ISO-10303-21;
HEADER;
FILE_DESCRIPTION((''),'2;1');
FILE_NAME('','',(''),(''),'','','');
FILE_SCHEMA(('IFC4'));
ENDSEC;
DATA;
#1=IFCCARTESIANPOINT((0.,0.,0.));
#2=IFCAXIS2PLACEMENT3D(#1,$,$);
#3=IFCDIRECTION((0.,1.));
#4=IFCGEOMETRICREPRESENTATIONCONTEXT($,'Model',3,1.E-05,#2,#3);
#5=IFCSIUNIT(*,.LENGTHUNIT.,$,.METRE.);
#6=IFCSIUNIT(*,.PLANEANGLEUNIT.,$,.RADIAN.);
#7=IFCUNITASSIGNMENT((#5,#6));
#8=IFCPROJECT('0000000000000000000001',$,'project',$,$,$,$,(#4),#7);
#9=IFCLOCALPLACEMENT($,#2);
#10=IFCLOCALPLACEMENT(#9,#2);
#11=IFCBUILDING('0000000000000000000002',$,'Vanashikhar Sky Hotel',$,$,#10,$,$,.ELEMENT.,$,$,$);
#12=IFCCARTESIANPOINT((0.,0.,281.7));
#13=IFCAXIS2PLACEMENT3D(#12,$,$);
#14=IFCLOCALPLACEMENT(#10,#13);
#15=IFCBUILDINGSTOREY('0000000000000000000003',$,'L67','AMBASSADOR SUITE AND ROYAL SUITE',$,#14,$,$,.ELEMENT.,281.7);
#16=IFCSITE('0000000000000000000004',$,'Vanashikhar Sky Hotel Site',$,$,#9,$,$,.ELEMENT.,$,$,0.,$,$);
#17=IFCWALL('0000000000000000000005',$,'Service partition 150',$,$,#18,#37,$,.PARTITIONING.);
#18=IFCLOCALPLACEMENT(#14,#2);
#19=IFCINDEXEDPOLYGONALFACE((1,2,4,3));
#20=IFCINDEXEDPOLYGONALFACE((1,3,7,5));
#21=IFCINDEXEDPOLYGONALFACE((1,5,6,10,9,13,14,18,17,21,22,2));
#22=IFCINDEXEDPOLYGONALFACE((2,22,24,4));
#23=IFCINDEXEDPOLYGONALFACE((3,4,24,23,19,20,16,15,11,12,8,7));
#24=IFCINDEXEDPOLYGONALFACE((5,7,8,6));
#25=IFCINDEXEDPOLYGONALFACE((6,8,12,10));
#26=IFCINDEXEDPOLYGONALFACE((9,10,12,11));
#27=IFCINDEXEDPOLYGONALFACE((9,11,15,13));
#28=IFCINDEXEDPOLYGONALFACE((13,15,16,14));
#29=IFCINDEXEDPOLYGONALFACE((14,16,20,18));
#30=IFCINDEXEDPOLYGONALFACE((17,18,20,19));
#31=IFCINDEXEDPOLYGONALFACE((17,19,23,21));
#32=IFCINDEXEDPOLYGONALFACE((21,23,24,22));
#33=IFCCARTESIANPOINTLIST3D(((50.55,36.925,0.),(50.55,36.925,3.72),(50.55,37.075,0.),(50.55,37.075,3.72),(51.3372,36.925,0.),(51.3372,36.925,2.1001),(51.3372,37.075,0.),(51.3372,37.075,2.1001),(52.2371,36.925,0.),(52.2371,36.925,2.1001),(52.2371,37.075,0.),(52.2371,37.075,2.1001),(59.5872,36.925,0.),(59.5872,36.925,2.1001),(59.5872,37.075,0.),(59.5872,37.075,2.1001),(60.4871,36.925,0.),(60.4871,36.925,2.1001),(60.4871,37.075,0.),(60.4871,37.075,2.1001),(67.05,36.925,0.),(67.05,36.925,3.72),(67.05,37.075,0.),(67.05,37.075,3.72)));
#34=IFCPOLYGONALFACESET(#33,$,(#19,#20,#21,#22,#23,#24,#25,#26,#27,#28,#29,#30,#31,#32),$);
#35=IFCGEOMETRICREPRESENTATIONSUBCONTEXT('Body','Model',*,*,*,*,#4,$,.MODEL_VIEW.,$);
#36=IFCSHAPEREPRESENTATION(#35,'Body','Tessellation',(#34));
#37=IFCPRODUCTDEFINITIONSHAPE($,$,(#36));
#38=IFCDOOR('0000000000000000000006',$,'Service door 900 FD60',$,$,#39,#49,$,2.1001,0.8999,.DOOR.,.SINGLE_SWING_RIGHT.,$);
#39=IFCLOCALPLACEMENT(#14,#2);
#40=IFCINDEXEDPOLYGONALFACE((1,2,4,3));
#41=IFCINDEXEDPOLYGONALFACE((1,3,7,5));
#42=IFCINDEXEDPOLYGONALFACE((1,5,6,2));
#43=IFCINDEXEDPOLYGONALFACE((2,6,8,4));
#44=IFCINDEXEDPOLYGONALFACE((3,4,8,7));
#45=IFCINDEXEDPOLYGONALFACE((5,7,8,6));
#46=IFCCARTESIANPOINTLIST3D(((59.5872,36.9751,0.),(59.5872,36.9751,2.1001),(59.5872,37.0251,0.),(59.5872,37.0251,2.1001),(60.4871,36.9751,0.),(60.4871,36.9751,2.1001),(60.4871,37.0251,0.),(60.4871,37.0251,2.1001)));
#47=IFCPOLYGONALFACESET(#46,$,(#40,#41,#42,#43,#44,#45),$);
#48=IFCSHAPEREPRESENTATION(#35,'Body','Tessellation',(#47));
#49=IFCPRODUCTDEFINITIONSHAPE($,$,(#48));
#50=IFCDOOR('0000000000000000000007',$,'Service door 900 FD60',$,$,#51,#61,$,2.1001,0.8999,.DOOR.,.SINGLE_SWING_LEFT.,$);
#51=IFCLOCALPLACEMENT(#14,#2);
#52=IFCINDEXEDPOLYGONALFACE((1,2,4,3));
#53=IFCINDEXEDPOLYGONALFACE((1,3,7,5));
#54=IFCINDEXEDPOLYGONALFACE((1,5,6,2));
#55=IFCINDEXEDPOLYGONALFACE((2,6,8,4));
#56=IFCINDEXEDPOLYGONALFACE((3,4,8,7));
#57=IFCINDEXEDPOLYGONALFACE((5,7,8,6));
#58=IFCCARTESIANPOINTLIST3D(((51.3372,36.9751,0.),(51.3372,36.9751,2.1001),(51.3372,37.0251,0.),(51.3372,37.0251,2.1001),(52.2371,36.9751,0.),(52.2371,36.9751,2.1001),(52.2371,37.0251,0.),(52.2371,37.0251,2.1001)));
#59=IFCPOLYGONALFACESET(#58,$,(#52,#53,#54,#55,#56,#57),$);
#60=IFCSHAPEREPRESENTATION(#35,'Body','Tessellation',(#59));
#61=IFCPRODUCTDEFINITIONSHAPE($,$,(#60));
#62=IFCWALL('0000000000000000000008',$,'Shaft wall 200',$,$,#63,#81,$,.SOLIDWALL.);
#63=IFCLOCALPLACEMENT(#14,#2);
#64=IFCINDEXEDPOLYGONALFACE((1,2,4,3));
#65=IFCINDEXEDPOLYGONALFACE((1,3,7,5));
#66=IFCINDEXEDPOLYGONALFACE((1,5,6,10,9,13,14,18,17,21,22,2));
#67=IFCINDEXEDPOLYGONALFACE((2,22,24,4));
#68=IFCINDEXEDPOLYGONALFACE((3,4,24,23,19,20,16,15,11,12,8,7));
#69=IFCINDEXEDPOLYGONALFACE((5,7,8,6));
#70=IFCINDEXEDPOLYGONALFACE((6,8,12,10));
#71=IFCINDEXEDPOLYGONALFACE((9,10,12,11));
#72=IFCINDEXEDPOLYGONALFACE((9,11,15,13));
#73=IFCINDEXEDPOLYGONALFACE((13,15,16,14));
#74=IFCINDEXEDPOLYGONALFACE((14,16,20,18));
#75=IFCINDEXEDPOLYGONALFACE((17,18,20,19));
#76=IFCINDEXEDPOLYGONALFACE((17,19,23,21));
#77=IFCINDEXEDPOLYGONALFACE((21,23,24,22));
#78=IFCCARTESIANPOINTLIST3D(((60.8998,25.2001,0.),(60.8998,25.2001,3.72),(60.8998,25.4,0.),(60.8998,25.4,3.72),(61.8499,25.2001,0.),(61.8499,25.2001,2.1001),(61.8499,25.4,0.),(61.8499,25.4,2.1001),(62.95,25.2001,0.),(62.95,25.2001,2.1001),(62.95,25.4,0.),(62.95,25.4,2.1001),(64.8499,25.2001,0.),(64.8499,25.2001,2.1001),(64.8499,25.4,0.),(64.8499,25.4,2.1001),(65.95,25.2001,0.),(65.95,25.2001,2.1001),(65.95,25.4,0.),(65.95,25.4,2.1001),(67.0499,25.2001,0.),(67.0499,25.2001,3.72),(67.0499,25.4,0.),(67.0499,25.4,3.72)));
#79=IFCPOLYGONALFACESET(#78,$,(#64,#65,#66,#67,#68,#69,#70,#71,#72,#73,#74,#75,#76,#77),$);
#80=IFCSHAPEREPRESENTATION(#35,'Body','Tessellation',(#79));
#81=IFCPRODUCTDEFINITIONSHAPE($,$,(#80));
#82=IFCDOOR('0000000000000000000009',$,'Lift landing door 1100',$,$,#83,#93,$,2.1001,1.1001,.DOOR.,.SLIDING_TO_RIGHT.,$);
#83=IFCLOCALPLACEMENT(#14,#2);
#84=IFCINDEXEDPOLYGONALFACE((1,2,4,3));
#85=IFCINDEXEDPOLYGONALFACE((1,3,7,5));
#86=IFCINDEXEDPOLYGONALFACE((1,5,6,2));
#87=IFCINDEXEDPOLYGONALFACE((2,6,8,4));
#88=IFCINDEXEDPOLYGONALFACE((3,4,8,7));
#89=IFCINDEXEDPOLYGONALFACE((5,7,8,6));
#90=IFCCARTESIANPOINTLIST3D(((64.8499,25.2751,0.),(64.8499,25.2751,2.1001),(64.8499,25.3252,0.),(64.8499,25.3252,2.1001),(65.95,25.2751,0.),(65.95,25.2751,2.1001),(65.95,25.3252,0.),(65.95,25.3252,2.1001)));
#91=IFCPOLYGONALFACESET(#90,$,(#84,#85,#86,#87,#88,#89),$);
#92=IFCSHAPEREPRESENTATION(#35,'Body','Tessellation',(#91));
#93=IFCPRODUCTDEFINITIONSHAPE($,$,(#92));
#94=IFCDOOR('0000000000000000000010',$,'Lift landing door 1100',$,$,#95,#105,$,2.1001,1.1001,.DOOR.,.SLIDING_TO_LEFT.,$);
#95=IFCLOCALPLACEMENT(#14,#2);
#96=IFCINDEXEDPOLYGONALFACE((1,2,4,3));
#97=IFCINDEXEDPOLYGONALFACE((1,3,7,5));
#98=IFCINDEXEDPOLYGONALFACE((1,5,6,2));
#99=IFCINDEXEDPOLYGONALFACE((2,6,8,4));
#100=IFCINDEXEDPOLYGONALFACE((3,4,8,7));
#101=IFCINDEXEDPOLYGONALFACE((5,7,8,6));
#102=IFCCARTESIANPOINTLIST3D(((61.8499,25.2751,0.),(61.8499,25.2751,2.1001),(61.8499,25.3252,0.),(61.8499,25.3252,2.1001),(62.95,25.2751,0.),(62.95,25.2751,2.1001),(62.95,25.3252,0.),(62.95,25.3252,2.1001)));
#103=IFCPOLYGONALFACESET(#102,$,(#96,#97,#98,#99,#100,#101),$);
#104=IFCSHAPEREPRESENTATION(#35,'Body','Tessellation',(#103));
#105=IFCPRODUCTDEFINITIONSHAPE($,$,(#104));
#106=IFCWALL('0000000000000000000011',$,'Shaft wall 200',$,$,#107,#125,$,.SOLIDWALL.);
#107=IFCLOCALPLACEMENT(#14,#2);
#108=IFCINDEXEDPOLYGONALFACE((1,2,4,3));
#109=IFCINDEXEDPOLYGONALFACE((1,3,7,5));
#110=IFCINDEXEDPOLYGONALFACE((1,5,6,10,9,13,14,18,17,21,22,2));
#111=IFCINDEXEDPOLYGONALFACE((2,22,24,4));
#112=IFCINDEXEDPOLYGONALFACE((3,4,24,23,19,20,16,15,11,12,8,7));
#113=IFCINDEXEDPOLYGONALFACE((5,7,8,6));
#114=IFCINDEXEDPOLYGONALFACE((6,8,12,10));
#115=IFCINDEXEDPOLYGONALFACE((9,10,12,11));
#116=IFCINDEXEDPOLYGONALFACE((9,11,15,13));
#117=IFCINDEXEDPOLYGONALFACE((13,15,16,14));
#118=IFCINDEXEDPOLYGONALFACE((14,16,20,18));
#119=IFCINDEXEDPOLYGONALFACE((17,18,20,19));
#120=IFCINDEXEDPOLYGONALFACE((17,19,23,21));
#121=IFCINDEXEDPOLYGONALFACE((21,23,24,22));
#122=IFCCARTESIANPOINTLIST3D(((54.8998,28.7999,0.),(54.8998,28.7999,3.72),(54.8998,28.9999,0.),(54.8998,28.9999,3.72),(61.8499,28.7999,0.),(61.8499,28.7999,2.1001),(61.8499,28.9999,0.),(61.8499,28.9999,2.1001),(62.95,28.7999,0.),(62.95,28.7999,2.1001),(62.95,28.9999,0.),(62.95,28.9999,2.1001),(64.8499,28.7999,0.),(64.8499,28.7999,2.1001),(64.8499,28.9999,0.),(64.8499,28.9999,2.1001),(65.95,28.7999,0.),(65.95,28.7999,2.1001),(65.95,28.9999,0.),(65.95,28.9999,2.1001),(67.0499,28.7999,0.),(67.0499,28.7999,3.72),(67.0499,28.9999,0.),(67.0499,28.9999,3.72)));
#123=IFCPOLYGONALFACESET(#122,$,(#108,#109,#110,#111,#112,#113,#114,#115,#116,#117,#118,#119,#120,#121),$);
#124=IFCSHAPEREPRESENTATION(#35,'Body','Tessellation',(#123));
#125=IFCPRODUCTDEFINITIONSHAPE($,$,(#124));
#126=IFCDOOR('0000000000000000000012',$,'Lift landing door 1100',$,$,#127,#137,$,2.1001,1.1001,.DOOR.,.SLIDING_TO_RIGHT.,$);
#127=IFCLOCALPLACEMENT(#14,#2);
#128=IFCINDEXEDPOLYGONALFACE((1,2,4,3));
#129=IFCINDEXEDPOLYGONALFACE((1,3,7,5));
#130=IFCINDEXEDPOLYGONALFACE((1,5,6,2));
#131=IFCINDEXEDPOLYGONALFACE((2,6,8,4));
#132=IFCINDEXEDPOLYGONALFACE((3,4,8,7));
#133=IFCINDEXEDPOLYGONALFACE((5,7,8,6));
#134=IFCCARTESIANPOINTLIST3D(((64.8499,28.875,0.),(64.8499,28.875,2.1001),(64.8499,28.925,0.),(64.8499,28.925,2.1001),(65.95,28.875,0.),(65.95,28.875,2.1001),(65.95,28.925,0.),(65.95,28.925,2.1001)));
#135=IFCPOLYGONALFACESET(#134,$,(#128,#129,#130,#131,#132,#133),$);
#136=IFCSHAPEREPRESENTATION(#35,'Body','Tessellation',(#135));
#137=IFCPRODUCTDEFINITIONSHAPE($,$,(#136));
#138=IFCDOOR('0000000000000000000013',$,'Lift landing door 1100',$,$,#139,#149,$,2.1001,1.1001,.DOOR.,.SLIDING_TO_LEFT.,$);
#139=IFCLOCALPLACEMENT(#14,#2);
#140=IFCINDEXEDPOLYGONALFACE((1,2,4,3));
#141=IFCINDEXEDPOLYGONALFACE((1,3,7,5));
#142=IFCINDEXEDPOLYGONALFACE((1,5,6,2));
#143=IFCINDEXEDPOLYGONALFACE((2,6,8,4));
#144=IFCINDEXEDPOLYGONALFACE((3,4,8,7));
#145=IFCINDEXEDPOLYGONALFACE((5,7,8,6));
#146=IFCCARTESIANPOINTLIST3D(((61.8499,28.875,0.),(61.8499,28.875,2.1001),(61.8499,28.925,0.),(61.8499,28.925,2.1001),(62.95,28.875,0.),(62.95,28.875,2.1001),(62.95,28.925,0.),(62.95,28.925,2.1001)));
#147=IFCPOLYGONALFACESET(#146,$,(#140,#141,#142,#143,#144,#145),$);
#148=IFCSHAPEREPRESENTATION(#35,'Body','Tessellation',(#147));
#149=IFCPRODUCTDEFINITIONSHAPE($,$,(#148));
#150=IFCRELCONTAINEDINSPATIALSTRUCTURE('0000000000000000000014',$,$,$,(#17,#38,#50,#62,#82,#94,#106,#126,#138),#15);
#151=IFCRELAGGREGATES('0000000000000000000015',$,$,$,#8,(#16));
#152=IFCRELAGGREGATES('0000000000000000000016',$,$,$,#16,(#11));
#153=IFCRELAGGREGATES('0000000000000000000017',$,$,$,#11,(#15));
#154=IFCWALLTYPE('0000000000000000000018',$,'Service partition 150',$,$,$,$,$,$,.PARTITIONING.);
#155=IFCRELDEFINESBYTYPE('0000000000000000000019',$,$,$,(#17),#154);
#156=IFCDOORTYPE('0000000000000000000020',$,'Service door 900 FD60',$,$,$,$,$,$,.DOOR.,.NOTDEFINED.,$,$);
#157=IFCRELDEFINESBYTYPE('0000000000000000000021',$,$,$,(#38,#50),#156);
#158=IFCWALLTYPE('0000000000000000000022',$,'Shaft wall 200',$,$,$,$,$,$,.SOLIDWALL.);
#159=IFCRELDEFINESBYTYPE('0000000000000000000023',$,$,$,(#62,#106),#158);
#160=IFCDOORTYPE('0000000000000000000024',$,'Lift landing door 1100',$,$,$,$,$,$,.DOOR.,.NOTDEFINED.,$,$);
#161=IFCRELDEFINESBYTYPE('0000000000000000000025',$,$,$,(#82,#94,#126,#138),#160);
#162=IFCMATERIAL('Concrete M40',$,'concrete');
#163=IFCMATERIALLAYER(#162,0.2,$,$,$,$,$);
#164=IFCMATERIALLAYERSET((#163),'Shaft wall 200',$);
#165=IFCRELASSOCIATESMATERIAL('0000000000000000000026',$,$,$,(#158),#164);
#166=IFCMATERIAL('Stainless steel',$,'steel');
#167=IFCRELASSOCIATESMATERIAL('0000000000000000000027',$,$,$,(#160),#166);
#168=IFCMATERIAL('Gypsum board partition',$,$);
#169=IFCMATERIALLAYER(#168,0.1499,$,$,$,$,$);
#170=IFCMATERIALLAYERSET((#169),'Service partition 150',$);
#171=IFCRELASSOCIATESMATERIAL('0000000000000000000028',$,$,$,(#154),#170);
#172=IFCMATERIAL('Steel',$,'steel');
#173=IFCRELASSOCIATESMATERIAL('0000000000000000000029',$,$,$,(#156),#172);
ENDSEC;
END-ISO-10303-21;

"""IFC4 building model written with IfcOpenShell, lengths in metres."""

from ifc_helpers import new_model, si_unit, direction, frame, frame_2d, origin, place, context, subcontext, project, spatial, rectangle, extrude, source, transform, mapped, material, layer, layer_set, type_object, element, fill, save


model = new_model("IFC4")

# Units and contexts
model_context = context("Model", 3, precision=1e-05, world=origin(), true_north=direction((0.0, 1.0)))
body_context = subcontext(model_context, "Body", "Model", "MODEL_VIEW")
ifc_project = project(units=[si_unit("LENGTHUNIT", "METRE"), si_unit("PLANEANGLEUNIT", "RADIAN")], contexts=[model_context])

# Site, building, storey
site_placement = place(None, origin())
site = spatial("IfcSite", under=ifc_project, at=site_placement, Name="Vanashikhar Sky Hotel Site", CompositionType="ELEMENT", RefElevation=0.0)
building_placement = place(site_placement, origin())
building = spatial("IfcBuilding", under=site, at=building_placement, Name="Vanashikhar Sky Hotel", CompositionType="ELEMENT")
storey_placement = place(building_placement, frame((0.0, 0.0, 281.7)))
storey = spatial("IfcBuildingStorey", under=building, at=storey_placement, Name="L67", Description="AMBASSADOR SUITE AND ROYAL SUITE", CompositionType="ELEMENT", Elevation=281.7)

# Shared definitions
ifc_material_1 = material(Name="Concrete M40", Category="concrete")
ifc_layer_1 = layer(ifc_material_1, 0.2)
ifc_layer_set_1 = layer_set([ifc_layer_1], Name="Shaft wall 200")
wall_type_1 = type_object("IfcWallType", Name="Shaft wall 200", PredefinedType="SOLIDWALL", material=ifc_layer_set_1)
shared_shape_1 = source(origin(), body_context, "Body", "SweptSolid", [
    extrude(rectangle(XDim=1.1001, YDim=2.1001, at=frame_2d((0.55, 1.05))), frame((0.0, 0.1099, 0.0), z_axis=(0.0, -1.0, 0.0), x_axis=(1.0, 0.0, 0.0)), (0.0, 0.0, 1.0), 0.22),
])
ifc_material_2 = material(Name="Stainless steel", Category="steel")
door_type_1 = type_object("IfcDoorType", Name="Lift landing door 1100", OperationType="NOTDEFINED", PredefinedType="DOOR", material=ifc_material_2)
shared_shape_2 = source(origin(), body_context, "Body", "SweptSolid", [
    extrude(rectangle(XDim=1.1001, YDim=2.1001, at=frame_2d((0.55, 1.05))), frame((0.0, 0.0249, 0.0), z_axis=(0.0, -1.0, 0.0), x_axis=(1.0, 0.0, 0.0)), (0.0, 0.0, 1.0), 0.05),
])

# Shared definitions
ifc_material_3 = material(Name="Gypsum board partition")
ifc_layer_2 = layer(ifc_material_3, 0.1499)
ifc_layer_set_2 = layer_set([ifc_layer_2], Name="Service partition 150")
wall_type_2 = type_object("IfcWallType", Name="Service partition 150", PredefinedType="PARTITIONING", material=ifc_layer_set_2)

# Walls, openings, doors
shared_shape_3 = source(origin(), body_context, "Body", "SweptSolid", [
    extrude(rectangle(XDim=0.8999, YDim=2.1001, at=frame_2d((0.45, 1.05))), frame((0.0, 0.085, 0.0), z_axis=(0.0, -1.0, 0.0), x_axis=(1.0, 0.0, 0.0)), (0.0, 0.0, 1.0), 0.1699),
])
ifc_material_4 = material(Name="Steel", Category="steel")
door_type_2 = type_object("IfcDoorType", Name="Service door 900 FD60", OperationType="NOTDEFINED", PredefinedType="DOOR", material=ifc_material_4)
shared_shape_4 = source(origin(), body_context, "Body", "SweptSolid", [
    extrude(rectangle(XDim=0.8999, YDim=2.1001, at=frame_2d((0.45, 1.05))), frame((0.0, 0.0249, 0.0), z_axis=(0.0, -1.0, 0.0), x_axis=(1.0, 0.0, 0.0)), (0.0, 0.0, 1.0), 0.05),
])
shared_shape_5 = source(origin(), body_context, "Body", "SweptSolid", [
    extrude(rectangle(XDim=16.5, YDim=0.1499, at=frame_2d((8.25, 0.0))), origin(), (0.0, 0.0, 1.0), 3.72),
])
wall_1_placement = place(storey_placement, frame((67.05, 37.0, 0.0), z_axis=(0.0, 0.0, 1.0), x_axis=(-1.0, 0.0, 0.0)))
wall_1 = element("IfcWall", 1, at=wall_1_placement, inside=storey, type_object=wall_type_2, Name="Service partition 150", PredefinedType="PARTITIONING", context=body_context, shape_type="MappedRepresentation", body=[
    mapped(shared_shape_5, transform((0.0, 0.0, 0.0), scale=1.0)),
])
opening_1_placement = place(wall_1_placement, frame((6.563, 0.0, 0.0)))
opening_1 = element("IfcOpeningElement", 2, at=opening_1_placement, cuts=wall_1, PredefinedType="OPENING", context=body_context, shape_type="MappedRepresentation", body=[
    mapped(shared_shape_3, transform((0.0, 0.0, 0.0), scale=1.0)),
])
opening_2_placement = place(wall_1_placement, frame((14.813, 0.0, 0.0)))
opening_2 = element("IfcOpeningElement", 3, at=opening_2_placement, cuts=wall_1, PredefinedType="OPENING", context=body_context, shape_type="MappedRepresentation", body=[
    mapped(shared_shape_3, transform((0.0, 0.0, 0.0), scale=1.0)),
])
door_1_placement = place(opening_1_placement, origin())
door_1 = element("IfcDoor", 4, at=door_1_placement, inside=storey, type_object=door_type_2, Name="Service door 900 FD60", OperationType="SINGLE_SWING_RIGHT", OverallHeight=2.1001, OverallWidth=0.8999, PredefinedType="DOOR", context=body_context, shape_type="MappedRepresentation", body=[
    mapped(shared_shape_4, transform((0.0, 0.0, 0.0), scale=1.0)),
])
fill(opening_1, door_1)
door_2_placement = place(opening_2_placement, origin())
door_2 = element("IfcDoor", 5, at=door_2_placement, inside=storey, type_object=door_type_2, Name="Service door 900 FD60", OperationType="SINGLE_SWING_LEFT", OverallHeight=2.1001, OverallWidth=0.8999, PredefinedType="DOOR", context=body_context, shape_type="MappedRepresentation", body=[
    mapped(shared_shape_4, transform((0.0, 0.0, 0.0), scale=1.0)),
])
fill(opening_2, door_2)
shared_shape_6 = source(origin(), body_context, "Body", "SweptSolid", [
    extrude(rectangle(XDim=6.1501, YDim=0.2, at=frame_2d((3.0752, 0.0))), origin(), (0.0, 0.0, 1.0), 3.72),
])
wall_2_placement = place(storey_placement, frame((67.05, 25.3, 0.0), z_axis=(0.0, 0.0, 1.0), x_axis=(-1.0, 0.0, 0.0)))
wall_2 = element("IfcWall", 6, at=wall_2_placement, inside=storey, type_object=wall_type_1, Name="Shaft wall 200", PredefinedType="SOLIDWALL", context=body_context, shape_type="MappedRepresentation", body=[
    mapped(shared_shape_6, transform((0.0, 0.0, 0.0), scale=1.0)),
])
opening_3_placement = place(wall_2_placement, frame((1.1001, 0.0, 0.0)))
opening_3 = element("IfcOpeningElement", 7, at=opening_3_placement, cuts=wall_2, PredefinedType="OPENING", context=body_context, shape_type="MappedRepresentation", body=[
    mapped(shared_shape_1, transform((0.0, 0.0, 0.0), scale=1.0)),
])
opening_4_placement = place(wall_2_placement, frame((4.1001, 0.0, 0.0)))
opening_4 = element("IfcOpeningElement", 8, at=opening_4_placement, cuts=wall_2, PredefinedType="OPENING", context=body_context, shape_type="MappedRepresentation", body=[
    mapped(shared_shape_1, transform((0.0, 0.0, 0.0), scale=1.0)),
])
door_3_placement = place(opening_3_placement, origin())
door_3 = element("IfcDoor", 9, at=door_3_placement, inside=storey, type_object=door_type_1, Name="Lift landing door 1100", OperationType="SLIDING_TO_RIGHT", OverallHeight=2.1001, OverallWidth=1.1001, PredefinedType="DOOR", context=body_context, shape_type="MappedRepresentation", body=[
    mapped(shared_shape_2, transform((0.0, 0.0, 0.0), scale=1.0)),
])
fill(opening_3, door_3)
door_4_placement = place(opening_4_placement, origin())
door_4 = element("IfcDoor", 10, at=door_4_placement, inside=storey, type_object=door_type_1, Name="Lift landing door 1100", OperationType="SLIDING_TO_LEFT", OverallHeight=2.1001, OverallWidth=1.1001, PredefinedType="DOOR", context=body_context, shape_type="MappedRepresentation", body=[
    mapped(shared_shape_2, transform((0.0, 0.0, 0.0), scale=1.0)),
])
fill(opening_4, door_4)
shared_shape_7 = source(origin(), body_context, "Body", "SweptSolid", [
    extrude(rectangle(XDim=12.1501, YDim=0.2, at=frame_2d((6.0752, 0.0))), origin(), (0.0, 0.0, 1.0), 3.72),
])
wall_3_placement = place(storey_placement, frame((67.05, 28.8999, 0.0), z_axis=(0.0, 0.0, 1.0), x_axis=(-1.0, 0.0, 0.0)))
wall_3 = element("IfcWall", 11, at=wall_3_placement, inside=storey, type_object=wall_type_1, Name="Shaft wall 200", PredefinedType="SOLIDWALL", context=body_context, shape_type="MappedRepresentation", body=[
    mapped(shared_shape_7, transform((0.0, 0.0, 0.0), scale=1.0)),
])
opening_5_placement = place(wall_3_placement, frame((1.1001, 0.0, 0.0)))
opening_5 = element("IfcOpeningElement", 12, at=opening_5_placement, cuts=wall_3, PredefinedType="OPENING", context=body_context, shape_type="MappedRepresentation", body=[
    mapped(shared_shape_1, transform((0.0, 0.0, 0.0), scale=1.0)),
])
opening_6_placement = place(wall_3_placement, frame((4.1001, 0.0, 0.0)))
opening_6 = element("IfcOpeningElement", 13, at=opening_6_placement, cuts=wall_3, PredefinedType="OPENING", context=body_context, shape_type="MappedRepresentation", body=[
    mapped(shared_shape_1, transform((0.0, 0.0, 0.0), scale=1.0)),
])
door_5_placement = place(opening_5_placement, origin())
door_5 = element("IfcDoor", 14, at=door_5_placement, inside=storey, type_object=door_type_1, Name="Lift landing door 1100", OperationType="SLIDING_TO_RIGHT", OverallHeight=2.1001, OverallWidth=1.1001, PredefinedType="DOOR", context=body_context, shape_type="MappedRepresentation", body=[
    mapped(shared_shape_2, transform((0.0, 0.0, 0.0), scale=1.0)),
])
fill(opening_5, door_5)
door_6_placement = place(opening_6_placement, origin())
door_6 = element("IfcDoor", 15, at=door_6_placement, inside=storey, type_object=door_type_1, Name="Lift landing door 1100", OperationType="SLIDING_TO_LEFT", OverallHeight=2.1001, OverallWidth=1.1001, PredefinedType="DOOR", context=body_context, shape_type="MappedRepresentation", body=[
    mapped(shared_shape_2, transform((0.0, 0.0, 0.0), scale=1.0)),
])
fill(opening_6, door_6)

save(model, "model.ifc")
